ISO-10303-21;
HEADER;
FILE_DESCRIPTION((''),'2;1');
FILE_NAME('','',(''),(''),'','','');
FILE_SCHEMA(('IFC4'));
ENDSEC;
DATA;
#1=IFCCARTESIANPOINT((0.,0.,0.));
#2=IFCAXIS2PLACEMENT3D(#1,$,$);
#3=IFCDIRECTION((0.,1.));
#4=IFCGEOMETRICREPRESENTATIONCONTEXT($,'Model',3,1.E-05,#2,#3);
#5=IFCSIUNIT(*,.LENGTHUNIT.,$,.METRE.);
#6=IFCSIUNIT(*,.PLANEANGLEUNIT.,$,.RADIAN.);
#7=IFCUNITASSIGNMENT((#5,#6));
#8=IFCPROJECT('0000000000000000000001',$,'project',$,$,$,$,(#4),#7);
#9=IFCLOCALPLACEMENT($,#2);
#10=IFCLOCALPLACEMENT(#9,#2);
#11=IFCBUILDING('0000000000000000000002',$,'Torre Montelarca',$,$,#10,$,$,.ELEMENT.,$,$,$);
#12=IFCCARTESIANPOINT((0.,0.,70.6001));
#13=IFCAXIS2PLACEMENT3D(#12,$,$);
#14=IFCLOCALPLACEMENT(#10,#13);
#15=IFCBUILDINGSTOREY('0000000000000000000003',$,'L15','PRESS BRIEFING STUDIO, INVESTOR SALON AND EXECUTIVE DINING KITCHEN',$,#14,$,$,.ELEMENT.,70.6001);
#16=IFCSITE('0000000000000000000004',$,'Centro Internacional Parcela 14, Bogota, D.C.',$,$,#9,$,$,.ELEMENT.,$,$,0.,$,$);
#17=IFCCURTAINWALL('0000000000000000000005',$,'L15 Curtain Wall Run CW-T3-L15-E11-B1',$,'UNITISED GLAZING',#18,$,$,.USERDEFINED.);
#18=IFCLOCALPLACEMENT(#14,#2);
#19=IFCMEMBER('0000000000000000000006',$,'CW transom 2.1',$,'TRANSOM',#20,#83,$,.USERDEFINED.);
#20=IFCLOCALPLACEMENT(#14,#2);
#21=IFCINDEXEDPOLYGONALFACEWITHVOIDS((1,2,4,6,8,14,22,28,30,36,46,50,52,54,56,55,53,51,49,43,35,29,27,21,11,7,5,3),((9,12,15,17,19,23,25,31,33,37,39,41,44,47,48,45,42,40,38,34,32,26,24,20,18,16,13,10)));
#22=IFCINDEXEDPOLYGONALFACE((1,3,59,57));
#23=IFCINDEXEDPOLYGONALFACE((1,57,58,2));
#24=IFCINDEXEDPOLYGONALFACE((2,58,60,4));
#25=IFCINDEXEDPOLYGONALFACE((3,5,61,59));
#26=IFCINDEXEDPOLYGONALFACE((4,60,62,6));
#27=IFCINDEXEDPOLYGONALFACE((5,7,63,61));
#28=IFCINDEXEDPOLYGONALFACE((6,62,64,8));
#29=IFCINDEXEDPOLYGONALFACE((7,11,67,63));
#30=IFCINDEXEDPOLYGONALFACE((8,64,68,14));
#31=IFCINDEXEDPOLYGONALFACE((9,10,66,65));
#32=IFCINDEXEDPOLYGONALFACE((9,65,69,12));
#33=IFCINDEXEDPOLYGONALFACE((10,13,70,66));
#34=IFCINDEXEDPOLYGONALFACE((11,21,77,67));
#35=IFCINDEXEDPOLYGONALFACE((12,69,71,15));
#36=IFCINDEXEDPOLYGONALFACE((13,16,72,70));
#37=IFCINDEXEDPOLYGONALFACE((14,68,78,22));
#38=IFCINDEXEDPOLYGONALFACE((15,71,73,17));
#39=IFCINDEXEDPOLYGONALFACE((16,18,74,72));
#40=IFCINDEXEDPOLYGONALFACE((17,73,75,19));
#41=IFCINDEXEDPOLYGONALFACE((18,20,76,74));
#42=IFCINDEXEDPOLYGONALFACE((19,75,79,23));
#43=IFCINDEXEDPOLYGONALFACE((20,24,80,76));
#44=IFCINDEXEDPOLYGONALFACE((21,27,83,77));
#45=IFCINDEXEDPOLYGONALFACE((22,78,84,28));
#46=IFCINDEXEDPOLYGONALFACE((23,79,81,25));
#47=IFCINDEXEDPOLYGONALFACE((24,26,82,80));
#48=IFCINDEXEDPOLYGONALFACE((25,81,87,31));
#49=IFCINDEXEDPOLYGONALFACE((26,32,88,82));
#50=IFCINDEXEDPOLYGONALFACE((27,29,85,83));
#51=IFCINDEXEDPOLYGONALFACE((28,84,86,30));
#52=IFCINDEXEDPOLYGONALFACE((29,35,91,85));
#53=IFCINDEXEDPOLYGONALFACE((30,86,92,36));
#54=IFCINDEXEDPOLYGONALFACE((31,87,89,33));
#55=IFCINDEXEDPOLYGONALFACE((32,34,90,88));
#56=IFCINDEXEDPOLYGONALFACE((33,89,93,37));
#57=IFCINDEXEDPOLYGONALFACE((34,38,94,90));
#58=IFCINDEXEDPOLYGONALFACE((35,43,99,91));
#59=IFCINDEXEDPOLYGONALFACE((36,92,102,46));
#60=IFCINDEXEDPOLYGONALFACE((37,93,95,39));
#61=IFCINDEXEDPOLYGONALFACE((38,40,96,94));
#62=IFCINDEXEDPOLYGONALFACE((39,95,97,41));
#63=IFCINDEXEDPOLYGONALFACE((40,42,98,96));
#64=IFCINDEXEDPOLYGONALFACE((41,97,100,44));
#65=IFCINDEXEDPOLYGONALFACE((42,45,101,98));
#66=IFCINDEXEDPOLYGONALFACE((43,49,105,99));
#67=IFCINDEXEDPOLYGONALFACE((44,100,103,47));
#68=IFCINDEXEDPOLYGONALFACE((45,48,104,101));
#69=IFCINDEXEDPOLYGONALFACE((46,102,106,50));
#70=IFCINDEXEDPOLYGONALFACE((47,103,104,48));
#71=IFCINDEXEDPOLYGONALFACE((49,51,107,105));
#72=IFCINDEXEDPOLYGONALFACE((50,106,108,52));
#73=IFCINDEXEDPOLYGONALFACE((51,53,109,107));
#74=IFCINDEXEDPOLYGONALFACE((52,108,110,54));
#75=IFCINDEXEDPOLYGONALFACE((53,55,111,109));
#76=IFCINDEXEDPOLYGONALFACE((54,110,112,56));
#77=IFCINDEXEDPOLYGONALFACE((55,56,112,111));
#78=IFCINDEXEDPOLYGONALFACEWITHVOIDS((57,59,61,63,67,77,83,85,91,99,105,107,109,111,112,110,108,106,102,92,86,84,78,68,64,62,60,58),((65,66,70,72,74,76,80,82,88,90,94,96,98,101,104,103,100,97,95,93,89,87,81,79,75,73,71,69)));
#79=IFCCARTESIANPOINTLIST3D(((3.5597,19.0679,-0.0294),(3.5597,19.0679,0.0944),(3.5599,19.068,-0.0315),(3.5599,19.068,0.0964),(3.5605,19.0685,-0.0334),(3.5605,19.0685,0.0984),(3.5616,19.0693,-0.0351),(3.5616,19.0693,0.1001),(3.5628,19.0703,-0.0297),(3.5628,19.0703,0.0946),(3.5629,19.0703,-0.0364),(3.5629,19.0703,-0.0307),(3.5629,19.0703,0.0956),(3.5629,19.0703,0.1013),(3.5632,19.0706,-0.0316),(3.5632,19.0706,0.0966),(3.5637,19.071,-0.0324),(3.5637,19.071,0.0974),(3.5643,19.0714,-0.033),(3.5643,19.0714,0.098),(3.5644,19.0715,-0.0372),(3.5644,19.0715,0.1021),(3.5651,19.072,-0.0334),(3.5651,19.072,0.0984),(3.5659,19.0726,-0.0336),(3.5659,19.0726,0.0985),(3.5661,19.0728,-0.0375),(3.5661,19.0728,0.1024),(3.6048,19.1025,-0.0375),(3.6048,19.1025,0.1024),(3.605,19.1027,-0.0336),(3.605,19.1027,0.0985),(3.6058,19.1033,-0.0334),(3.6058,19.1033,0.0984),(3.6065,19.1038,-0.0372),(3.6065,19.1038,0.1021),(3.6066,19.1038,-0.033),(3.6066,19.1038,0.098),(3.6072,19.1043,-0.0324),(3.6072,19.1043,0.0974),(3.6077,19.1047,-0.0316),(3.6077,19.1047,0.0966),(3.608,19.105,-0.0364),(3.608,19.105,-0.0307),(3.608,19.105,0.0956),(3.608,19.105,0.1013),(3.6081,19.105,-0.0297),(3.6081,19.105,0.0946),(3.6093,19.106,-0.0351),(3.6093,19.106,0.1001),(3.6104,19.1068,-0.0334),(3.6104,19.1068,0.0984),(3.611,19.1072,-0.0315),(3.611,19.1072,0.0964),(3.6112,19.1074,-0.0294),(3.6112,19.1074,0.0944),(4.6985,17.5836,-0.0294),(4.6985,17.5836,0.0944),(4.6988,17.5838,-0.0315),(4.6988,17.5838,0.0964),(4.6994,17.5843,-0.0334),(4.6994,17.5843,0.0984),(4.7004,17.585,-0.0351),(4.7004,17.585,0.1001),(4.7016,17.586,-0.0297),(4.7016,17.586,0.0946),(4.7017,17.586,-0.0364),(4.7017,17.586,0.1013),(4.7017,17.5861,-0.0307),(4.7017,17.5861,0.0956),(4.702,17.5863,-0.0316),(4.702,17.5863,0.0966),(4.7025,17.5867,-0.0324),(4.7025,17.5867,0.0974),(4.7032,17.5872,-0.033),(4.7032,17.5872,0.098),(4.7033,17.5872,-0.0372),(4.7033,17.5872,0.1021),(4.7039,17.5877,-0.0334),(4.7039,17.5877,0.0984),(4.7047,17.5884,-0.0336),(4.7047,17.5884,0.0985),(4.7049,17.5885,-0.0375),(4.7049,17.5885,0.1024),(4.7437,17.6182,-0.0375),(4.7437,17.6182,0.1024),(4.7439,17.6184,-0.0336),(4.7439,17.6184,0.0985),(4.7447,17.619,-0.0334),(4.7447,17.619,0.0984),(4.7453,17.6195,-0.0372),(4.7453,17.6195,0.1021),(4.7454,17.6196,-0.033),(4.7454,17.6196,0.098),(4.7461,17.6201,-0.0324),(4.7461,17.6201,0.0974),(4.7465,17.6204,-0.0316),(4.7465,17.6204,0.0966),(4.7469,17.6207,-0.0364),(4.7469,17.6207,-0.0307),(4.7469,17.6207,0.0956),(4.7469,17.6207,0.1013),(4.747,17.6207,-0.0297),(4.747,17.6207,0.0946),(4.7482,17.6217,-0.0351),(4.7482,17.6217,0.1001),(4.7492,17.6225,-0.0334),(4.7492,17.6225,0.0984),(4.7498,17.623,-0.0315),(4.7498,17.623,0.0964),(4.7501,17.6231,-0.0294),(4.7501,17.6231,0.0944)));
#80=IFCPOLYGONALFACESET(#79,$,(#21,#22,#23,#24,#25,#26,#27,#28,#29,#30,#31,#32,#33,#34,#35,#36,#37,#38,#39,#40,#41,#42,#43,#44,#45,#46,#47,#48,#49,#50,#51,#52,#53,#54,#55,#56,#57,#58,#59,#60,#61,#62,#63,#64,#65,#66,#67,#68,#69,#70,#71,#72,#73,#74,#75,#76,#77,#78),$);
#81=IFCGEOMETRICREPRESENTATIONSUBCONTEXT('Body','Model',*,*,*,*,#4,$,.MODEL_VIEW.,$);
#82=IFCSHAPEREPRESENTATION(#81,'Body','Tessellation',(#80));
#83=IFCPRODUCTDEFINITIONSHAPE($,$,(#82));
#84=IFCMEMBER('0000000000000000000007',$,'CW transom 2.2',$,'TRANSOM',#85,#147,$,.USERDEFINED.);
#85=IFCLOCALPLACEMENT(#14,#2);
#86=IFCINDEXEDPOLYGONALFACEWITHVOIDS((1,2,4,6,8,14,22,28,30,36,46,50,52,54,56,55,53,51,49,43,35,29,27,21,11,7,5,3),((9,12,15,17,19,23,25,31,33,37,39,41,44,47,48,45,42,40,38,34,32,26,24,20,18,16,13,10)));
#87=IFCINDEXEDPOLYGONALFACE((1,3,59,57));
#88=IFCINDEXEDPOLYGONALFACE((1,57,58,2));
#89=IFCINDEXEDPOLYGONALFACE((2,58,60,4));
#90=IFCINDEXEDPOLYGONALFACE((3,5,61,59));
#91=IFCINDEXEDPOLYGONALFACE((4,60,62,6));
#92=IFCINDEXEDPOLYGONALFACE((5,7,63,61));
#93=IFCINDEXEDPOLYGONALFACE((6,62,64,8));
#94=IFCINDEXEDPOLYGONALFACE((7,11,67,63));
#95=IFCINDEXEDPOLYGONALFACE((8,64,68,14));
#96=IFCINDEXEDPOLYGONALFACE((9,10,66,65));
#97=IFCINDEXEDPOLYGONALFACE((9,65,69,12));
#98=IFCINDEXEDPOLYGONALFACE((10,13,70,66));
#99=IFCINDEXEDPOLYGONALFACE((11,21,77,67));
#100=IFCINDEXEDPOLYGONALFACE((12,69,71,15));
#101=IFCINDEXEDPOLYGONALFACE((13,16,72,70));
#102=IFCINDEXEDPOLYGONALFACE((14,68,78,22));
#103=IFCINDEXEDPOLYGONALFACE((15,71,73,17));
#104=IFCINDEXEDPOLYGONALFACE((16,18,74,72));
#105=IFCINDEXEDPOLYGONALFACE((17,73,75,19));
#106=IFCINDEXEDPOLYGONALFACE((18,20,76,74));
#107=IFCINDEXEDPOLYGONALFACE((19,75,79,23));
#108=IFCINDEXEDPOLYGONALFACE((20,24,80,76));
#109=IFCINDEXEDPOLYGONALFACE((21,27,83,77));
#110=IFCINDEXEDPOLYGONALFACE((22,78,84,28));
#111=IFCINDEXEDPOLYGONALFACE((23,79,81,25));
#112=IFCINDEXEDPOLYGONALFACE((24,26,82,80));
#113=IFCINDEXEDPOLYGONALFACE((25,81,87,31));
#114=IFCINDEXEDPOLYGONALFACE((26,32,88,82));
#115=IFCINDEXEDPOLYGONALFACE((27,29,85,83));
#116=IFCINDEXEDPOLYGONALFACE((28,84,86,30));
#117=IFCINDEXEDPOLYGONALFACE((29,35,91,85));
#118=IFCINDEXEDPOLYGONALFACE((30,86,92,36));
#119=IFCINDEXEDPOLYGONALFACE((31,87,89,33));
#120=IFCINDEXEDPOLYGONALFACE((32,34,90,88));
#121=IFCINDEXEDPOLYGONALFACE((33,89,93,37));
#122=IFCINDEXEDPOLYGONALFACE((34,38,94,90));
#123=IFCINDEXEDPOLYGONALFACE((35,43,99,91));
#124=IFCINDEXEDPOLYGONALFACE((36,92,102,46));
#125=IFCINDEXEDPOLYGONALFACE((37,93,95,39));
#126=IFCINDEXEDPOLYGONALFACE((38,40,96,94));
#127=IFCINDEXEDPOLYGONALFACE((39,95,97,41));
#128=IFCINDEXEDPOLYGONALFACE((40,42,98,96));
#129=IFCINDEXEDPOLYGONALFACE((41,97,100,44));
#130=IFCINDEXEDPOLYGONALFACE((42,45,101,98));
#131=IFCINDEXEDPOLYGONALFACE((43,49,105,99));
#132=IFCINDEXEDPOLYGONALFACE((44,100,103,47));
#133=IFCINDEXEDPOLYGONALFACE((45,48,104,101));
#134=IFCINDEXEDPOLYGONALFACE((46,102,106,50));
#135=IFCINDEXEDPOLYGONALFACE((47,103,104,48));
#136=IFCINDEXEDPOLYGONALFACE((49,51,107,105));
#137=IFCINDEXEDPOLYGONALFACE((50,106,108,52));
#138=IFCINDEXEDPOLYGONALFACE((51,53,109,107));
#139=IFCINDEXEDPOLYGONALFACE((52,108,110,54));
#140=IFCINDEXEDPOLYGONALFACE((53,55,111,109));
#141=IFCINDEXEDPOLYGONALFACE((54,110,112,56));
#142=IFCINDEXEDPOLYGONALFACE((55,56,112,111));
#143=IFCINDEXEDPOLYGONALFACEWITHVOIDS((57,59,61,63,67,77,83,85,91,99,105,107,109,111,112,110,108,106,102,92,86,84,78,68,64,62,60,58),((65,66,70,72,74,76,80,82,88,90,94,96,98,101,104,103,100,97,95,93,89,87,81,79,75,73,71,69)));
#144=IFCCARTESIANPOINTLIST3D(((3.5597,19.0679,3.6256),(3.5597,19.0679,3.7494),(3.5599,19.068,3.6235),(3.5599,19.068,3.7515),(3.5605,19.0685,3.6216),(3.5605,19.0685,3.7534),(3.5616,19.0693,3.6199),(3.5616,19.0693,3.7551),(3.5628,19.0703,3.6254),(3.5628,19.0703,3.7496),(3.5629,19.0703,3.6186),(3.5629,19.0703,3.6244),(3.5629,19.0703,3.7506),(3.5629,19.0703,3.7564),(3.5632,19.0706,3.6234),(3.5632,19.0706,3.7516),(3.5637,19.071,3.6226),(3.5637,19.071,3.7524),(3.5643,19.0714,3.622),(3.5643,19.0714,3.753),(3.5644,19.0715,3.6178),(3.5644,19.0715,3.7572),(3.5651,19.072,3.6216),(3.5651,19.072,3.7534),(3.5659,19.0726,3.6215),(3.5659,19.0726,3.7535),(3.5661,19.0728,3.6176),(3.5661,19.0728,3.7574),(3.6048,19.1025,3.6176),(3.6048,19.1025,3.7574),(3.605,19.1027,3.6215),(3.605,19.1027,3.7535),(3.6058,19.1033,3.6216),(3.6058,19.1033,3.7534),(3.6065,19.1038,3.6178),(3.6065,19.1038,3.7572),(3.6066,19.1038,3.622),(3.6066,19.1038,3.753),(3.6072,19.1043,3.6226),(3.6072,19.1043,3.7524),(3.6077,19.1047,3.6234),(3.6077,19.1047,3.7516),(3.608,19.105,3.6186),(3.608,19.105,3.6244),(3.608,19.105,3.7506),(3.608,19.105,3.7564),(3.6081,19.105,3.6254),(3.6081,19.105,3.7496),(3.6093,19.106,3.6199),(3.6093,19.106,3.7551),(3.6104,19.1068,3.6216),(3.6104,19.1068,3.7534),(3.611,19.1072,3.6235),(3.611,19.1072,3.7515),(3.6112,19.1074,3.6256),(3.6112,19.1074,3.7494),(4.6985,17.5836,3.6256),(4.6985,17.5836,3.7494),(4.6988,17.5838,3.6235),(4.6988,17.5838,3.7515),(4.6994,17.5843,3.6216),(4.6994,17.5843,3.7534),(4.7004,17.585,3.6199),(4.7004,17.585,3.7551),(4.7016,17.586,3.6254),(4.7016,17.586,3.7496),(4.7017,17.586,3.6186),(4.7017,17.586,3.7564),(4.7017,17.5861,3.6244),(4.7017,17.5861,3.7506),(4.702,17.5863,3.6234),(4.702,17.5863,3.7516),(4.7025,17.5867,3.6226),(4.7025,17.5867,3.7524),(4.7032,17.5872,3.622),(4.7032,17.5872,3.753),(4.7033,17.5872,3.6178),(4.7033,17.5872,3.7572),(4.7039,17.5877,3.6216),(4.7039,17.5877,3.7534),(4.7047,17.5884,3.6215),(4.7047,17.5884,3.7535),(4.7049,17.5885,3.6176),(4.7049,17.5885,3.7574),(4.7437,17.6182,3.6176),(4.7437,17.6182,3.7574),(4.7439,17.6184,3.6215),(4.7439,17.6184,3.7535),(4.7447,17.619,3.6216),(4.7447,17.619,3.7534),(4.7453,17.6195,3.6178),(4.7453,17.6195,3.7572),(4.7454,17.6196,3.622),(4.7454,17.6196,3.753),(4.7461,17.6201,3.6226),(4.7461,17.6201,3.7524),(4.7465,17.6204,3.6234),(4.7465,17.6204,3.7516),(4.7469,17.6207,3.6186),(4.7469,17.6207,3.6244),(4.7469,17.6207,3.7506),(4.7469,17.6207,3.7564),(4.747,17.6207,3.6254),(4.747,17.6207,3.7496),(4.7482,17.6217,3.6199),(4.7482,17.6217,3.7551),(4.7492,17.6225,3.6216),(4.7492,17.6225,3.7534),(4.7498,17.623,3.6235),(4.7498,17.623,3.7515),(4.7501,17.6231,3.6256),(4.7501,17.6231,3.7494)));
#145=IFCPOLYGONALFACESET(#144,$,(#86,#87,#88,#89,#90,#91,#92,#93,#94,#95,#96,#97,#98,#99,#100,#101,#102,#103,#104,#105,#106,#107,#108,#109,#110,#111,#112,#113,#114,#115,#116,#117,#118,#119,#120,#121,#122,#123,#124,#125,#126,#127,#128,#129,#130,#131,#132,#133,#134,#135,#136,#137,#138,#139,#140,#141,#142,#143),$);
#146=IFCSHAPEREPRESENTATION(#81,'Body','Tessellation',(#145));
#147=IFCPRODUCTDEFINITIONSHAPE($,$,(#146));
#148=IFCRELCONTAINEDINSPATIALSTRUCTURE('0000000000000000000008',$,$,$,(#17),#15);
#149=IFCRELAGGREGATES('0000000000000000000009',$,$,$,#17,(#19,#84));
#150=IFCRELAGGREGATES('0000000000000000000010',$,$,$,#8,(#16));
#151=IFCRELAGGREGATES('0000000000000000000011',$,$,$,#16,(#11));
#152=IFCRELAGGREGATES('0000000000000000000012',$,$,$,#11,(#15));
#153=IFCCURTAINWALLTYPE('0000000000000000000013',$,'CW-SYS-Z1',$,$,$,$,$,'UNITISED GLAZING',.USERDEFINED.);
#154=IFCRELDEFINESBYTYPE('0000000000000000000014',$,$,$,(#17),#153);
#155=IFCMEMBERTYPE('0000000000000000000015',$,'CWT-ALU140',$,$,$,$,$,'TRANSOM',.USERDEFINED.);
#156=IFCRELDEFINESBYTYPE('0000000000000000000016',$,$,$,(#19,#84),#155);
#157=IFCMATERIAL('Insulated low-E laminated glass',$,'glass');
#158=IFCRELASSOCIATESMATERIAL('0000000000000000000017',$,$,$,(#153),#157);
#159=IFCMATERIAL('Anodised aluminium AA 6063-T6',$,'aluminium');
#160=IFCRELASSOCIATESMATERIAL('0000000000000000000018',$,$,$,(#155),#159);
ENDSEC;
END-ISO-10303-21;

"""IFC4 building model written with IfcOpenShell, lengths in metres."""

from ifc_helpers import new_model, si_unit, direction, frame, origin, origin_2d, place, context, subcontext, project, spatial, hollow_rectangle, extrude, source, transform, mapped, material, material_profile, profile_set, type_object, element, aggregate, save


model = new_model("IFC4")

# Units and contexts
model_context = context("Model", 3, precision=1e-05, world=origin(), true_north=direction((0.0, 1.0)))
body_context = subcontext(model_context, "Body", "Model", "MODEL_VIEW")
ifc_project = project(units=[si_unit("LENGTHUNIT", "METRE"), si_unit("PLANEANGLEUNIT", "RADIAN")], contexts=[model_context])

# Site, building, storey
site_placement = place(None, origin())
site = spatial("IfcSite", under=ifc_project, at=site_placement, Name="Centro Internacional Parcela 14, Bogota, D.C.", CompositionType="ELEMENT", RefElevation=0.0)
building_placement = place(site_placement, origin())
building = spatial("IfcBuilding", under=site, at=building_placement, Name="Torre Montelarca", CompositionType="ELEMENT")
storey_placement = place(building_placement, frame((0.0, 0.0, 70.6001)))
storey = spatial("IfcBuildingStorey", under=building, at=storey_placement, Name="L15", Description="PRESS BRIEFING STUDIO, INVESTOR SALON AND EXECUTIVE DINING KITCHEN", CompositionType="ELEMENT", Elevation=70.6001)

# Curtain wall, members
ifc_material_1 = material(Name="Insulated low-E laminated glass", Category="glass")
curtain_wall_type = type_object("IfcCurtainWallType", Name="CW-SYS-Z1", ElementType="UNITISED GLAZING", PredefinedType="USERDEFINED", material=ifc_material_1)
ifc_material_2 = material(Name="Anodised aluminium AA 6063-T6", Category="aluminium")
ifc_material_profile_1 = material_profile(ifc_material_2, hollow_rectangle(XDim=0.0649, YDim=0.1399, WallThickness=0.0039, InnerFilletRadius=0.0039, OuterFilletRadius=0.0081, at=origin_2d()), Name="ALU65X140X4", Category="aluminium")
ifc_profile_set_1 = profile_set([ifc_material_profile_1], Name="Anodised aluminium AA 6063-T6")
member_type_1 = type_object("IfcMemberType", Name="CWT-ALU140", ElementType="TRANSOM", PredefinedType="USERDEFINED", material=ifc_profile_set_1)
curtain_wall_1_placement = place(storey_placement, origin())
curtain_wall_1 = element("IfcCurtainWall", 1, at=curtain_wall_1_placement, inside=storey, type_object=curtain_wall_type, Name="L15 Curtain Wall Run CW-T3-L15-E11-B1", ObjectType="UNITISED GLAZING", PredefinedType="USERDEFINED")
shared_shape_1 = source(origin(), body_context, "Body", "SweptSolid", [
    extrude(hollow_rectangle(XDim=0.0649, YDim=0.1399, WallThickness=0.0039, InnerFilletRadius=0.0039, OuterFilletRadius=0.0081, at=origin_2d()), origin(), (0.0, 0.0, 1.0), 1.8708),
])
member_1_placement = place(storey_placement, frame((3.5854, 19.0876, 0.0325), z_axis=(0.608733, -0.793375, 0.0), x_axis=(0.793375, 0.608733, 0.0)))
member_1 = element("IfcMember", 2, at=member_1_placement, type_object=member_type_1, Name="CW transom 2.1", ObjectType="TRANSOM", PredefinedType="USERDEFINED", context=body_context, shape_type="MappedRepresentation", body=[
    mapped(shared_shape_1, transform((0.0, 0.0, 0.0), scale=1.0)),
])
member_2_placement = place(storey_placement, frame((3.5854, 19.0876, 3.6875), z_axis=(0.608733, -0.793375, 0.0), x_axis=(0.793375, 0.608733, 0.0)))
member_2 = element("IfcMember", 3, at=member_2_placement, type_object=member_type_1, Name="CW transom 2.2", ObjectType="TRANSOM", PredefinedType="USERDEFINED", context=body_context, shape_type="MappedRepresentation", body=[
    mapped(shared_shape_1, transform((0.0, 0.0, 0.0), scale=1.0)),
])

aggregate(curtain_wall_1, [member_1, member_2])

save(model, "model.ifc")
